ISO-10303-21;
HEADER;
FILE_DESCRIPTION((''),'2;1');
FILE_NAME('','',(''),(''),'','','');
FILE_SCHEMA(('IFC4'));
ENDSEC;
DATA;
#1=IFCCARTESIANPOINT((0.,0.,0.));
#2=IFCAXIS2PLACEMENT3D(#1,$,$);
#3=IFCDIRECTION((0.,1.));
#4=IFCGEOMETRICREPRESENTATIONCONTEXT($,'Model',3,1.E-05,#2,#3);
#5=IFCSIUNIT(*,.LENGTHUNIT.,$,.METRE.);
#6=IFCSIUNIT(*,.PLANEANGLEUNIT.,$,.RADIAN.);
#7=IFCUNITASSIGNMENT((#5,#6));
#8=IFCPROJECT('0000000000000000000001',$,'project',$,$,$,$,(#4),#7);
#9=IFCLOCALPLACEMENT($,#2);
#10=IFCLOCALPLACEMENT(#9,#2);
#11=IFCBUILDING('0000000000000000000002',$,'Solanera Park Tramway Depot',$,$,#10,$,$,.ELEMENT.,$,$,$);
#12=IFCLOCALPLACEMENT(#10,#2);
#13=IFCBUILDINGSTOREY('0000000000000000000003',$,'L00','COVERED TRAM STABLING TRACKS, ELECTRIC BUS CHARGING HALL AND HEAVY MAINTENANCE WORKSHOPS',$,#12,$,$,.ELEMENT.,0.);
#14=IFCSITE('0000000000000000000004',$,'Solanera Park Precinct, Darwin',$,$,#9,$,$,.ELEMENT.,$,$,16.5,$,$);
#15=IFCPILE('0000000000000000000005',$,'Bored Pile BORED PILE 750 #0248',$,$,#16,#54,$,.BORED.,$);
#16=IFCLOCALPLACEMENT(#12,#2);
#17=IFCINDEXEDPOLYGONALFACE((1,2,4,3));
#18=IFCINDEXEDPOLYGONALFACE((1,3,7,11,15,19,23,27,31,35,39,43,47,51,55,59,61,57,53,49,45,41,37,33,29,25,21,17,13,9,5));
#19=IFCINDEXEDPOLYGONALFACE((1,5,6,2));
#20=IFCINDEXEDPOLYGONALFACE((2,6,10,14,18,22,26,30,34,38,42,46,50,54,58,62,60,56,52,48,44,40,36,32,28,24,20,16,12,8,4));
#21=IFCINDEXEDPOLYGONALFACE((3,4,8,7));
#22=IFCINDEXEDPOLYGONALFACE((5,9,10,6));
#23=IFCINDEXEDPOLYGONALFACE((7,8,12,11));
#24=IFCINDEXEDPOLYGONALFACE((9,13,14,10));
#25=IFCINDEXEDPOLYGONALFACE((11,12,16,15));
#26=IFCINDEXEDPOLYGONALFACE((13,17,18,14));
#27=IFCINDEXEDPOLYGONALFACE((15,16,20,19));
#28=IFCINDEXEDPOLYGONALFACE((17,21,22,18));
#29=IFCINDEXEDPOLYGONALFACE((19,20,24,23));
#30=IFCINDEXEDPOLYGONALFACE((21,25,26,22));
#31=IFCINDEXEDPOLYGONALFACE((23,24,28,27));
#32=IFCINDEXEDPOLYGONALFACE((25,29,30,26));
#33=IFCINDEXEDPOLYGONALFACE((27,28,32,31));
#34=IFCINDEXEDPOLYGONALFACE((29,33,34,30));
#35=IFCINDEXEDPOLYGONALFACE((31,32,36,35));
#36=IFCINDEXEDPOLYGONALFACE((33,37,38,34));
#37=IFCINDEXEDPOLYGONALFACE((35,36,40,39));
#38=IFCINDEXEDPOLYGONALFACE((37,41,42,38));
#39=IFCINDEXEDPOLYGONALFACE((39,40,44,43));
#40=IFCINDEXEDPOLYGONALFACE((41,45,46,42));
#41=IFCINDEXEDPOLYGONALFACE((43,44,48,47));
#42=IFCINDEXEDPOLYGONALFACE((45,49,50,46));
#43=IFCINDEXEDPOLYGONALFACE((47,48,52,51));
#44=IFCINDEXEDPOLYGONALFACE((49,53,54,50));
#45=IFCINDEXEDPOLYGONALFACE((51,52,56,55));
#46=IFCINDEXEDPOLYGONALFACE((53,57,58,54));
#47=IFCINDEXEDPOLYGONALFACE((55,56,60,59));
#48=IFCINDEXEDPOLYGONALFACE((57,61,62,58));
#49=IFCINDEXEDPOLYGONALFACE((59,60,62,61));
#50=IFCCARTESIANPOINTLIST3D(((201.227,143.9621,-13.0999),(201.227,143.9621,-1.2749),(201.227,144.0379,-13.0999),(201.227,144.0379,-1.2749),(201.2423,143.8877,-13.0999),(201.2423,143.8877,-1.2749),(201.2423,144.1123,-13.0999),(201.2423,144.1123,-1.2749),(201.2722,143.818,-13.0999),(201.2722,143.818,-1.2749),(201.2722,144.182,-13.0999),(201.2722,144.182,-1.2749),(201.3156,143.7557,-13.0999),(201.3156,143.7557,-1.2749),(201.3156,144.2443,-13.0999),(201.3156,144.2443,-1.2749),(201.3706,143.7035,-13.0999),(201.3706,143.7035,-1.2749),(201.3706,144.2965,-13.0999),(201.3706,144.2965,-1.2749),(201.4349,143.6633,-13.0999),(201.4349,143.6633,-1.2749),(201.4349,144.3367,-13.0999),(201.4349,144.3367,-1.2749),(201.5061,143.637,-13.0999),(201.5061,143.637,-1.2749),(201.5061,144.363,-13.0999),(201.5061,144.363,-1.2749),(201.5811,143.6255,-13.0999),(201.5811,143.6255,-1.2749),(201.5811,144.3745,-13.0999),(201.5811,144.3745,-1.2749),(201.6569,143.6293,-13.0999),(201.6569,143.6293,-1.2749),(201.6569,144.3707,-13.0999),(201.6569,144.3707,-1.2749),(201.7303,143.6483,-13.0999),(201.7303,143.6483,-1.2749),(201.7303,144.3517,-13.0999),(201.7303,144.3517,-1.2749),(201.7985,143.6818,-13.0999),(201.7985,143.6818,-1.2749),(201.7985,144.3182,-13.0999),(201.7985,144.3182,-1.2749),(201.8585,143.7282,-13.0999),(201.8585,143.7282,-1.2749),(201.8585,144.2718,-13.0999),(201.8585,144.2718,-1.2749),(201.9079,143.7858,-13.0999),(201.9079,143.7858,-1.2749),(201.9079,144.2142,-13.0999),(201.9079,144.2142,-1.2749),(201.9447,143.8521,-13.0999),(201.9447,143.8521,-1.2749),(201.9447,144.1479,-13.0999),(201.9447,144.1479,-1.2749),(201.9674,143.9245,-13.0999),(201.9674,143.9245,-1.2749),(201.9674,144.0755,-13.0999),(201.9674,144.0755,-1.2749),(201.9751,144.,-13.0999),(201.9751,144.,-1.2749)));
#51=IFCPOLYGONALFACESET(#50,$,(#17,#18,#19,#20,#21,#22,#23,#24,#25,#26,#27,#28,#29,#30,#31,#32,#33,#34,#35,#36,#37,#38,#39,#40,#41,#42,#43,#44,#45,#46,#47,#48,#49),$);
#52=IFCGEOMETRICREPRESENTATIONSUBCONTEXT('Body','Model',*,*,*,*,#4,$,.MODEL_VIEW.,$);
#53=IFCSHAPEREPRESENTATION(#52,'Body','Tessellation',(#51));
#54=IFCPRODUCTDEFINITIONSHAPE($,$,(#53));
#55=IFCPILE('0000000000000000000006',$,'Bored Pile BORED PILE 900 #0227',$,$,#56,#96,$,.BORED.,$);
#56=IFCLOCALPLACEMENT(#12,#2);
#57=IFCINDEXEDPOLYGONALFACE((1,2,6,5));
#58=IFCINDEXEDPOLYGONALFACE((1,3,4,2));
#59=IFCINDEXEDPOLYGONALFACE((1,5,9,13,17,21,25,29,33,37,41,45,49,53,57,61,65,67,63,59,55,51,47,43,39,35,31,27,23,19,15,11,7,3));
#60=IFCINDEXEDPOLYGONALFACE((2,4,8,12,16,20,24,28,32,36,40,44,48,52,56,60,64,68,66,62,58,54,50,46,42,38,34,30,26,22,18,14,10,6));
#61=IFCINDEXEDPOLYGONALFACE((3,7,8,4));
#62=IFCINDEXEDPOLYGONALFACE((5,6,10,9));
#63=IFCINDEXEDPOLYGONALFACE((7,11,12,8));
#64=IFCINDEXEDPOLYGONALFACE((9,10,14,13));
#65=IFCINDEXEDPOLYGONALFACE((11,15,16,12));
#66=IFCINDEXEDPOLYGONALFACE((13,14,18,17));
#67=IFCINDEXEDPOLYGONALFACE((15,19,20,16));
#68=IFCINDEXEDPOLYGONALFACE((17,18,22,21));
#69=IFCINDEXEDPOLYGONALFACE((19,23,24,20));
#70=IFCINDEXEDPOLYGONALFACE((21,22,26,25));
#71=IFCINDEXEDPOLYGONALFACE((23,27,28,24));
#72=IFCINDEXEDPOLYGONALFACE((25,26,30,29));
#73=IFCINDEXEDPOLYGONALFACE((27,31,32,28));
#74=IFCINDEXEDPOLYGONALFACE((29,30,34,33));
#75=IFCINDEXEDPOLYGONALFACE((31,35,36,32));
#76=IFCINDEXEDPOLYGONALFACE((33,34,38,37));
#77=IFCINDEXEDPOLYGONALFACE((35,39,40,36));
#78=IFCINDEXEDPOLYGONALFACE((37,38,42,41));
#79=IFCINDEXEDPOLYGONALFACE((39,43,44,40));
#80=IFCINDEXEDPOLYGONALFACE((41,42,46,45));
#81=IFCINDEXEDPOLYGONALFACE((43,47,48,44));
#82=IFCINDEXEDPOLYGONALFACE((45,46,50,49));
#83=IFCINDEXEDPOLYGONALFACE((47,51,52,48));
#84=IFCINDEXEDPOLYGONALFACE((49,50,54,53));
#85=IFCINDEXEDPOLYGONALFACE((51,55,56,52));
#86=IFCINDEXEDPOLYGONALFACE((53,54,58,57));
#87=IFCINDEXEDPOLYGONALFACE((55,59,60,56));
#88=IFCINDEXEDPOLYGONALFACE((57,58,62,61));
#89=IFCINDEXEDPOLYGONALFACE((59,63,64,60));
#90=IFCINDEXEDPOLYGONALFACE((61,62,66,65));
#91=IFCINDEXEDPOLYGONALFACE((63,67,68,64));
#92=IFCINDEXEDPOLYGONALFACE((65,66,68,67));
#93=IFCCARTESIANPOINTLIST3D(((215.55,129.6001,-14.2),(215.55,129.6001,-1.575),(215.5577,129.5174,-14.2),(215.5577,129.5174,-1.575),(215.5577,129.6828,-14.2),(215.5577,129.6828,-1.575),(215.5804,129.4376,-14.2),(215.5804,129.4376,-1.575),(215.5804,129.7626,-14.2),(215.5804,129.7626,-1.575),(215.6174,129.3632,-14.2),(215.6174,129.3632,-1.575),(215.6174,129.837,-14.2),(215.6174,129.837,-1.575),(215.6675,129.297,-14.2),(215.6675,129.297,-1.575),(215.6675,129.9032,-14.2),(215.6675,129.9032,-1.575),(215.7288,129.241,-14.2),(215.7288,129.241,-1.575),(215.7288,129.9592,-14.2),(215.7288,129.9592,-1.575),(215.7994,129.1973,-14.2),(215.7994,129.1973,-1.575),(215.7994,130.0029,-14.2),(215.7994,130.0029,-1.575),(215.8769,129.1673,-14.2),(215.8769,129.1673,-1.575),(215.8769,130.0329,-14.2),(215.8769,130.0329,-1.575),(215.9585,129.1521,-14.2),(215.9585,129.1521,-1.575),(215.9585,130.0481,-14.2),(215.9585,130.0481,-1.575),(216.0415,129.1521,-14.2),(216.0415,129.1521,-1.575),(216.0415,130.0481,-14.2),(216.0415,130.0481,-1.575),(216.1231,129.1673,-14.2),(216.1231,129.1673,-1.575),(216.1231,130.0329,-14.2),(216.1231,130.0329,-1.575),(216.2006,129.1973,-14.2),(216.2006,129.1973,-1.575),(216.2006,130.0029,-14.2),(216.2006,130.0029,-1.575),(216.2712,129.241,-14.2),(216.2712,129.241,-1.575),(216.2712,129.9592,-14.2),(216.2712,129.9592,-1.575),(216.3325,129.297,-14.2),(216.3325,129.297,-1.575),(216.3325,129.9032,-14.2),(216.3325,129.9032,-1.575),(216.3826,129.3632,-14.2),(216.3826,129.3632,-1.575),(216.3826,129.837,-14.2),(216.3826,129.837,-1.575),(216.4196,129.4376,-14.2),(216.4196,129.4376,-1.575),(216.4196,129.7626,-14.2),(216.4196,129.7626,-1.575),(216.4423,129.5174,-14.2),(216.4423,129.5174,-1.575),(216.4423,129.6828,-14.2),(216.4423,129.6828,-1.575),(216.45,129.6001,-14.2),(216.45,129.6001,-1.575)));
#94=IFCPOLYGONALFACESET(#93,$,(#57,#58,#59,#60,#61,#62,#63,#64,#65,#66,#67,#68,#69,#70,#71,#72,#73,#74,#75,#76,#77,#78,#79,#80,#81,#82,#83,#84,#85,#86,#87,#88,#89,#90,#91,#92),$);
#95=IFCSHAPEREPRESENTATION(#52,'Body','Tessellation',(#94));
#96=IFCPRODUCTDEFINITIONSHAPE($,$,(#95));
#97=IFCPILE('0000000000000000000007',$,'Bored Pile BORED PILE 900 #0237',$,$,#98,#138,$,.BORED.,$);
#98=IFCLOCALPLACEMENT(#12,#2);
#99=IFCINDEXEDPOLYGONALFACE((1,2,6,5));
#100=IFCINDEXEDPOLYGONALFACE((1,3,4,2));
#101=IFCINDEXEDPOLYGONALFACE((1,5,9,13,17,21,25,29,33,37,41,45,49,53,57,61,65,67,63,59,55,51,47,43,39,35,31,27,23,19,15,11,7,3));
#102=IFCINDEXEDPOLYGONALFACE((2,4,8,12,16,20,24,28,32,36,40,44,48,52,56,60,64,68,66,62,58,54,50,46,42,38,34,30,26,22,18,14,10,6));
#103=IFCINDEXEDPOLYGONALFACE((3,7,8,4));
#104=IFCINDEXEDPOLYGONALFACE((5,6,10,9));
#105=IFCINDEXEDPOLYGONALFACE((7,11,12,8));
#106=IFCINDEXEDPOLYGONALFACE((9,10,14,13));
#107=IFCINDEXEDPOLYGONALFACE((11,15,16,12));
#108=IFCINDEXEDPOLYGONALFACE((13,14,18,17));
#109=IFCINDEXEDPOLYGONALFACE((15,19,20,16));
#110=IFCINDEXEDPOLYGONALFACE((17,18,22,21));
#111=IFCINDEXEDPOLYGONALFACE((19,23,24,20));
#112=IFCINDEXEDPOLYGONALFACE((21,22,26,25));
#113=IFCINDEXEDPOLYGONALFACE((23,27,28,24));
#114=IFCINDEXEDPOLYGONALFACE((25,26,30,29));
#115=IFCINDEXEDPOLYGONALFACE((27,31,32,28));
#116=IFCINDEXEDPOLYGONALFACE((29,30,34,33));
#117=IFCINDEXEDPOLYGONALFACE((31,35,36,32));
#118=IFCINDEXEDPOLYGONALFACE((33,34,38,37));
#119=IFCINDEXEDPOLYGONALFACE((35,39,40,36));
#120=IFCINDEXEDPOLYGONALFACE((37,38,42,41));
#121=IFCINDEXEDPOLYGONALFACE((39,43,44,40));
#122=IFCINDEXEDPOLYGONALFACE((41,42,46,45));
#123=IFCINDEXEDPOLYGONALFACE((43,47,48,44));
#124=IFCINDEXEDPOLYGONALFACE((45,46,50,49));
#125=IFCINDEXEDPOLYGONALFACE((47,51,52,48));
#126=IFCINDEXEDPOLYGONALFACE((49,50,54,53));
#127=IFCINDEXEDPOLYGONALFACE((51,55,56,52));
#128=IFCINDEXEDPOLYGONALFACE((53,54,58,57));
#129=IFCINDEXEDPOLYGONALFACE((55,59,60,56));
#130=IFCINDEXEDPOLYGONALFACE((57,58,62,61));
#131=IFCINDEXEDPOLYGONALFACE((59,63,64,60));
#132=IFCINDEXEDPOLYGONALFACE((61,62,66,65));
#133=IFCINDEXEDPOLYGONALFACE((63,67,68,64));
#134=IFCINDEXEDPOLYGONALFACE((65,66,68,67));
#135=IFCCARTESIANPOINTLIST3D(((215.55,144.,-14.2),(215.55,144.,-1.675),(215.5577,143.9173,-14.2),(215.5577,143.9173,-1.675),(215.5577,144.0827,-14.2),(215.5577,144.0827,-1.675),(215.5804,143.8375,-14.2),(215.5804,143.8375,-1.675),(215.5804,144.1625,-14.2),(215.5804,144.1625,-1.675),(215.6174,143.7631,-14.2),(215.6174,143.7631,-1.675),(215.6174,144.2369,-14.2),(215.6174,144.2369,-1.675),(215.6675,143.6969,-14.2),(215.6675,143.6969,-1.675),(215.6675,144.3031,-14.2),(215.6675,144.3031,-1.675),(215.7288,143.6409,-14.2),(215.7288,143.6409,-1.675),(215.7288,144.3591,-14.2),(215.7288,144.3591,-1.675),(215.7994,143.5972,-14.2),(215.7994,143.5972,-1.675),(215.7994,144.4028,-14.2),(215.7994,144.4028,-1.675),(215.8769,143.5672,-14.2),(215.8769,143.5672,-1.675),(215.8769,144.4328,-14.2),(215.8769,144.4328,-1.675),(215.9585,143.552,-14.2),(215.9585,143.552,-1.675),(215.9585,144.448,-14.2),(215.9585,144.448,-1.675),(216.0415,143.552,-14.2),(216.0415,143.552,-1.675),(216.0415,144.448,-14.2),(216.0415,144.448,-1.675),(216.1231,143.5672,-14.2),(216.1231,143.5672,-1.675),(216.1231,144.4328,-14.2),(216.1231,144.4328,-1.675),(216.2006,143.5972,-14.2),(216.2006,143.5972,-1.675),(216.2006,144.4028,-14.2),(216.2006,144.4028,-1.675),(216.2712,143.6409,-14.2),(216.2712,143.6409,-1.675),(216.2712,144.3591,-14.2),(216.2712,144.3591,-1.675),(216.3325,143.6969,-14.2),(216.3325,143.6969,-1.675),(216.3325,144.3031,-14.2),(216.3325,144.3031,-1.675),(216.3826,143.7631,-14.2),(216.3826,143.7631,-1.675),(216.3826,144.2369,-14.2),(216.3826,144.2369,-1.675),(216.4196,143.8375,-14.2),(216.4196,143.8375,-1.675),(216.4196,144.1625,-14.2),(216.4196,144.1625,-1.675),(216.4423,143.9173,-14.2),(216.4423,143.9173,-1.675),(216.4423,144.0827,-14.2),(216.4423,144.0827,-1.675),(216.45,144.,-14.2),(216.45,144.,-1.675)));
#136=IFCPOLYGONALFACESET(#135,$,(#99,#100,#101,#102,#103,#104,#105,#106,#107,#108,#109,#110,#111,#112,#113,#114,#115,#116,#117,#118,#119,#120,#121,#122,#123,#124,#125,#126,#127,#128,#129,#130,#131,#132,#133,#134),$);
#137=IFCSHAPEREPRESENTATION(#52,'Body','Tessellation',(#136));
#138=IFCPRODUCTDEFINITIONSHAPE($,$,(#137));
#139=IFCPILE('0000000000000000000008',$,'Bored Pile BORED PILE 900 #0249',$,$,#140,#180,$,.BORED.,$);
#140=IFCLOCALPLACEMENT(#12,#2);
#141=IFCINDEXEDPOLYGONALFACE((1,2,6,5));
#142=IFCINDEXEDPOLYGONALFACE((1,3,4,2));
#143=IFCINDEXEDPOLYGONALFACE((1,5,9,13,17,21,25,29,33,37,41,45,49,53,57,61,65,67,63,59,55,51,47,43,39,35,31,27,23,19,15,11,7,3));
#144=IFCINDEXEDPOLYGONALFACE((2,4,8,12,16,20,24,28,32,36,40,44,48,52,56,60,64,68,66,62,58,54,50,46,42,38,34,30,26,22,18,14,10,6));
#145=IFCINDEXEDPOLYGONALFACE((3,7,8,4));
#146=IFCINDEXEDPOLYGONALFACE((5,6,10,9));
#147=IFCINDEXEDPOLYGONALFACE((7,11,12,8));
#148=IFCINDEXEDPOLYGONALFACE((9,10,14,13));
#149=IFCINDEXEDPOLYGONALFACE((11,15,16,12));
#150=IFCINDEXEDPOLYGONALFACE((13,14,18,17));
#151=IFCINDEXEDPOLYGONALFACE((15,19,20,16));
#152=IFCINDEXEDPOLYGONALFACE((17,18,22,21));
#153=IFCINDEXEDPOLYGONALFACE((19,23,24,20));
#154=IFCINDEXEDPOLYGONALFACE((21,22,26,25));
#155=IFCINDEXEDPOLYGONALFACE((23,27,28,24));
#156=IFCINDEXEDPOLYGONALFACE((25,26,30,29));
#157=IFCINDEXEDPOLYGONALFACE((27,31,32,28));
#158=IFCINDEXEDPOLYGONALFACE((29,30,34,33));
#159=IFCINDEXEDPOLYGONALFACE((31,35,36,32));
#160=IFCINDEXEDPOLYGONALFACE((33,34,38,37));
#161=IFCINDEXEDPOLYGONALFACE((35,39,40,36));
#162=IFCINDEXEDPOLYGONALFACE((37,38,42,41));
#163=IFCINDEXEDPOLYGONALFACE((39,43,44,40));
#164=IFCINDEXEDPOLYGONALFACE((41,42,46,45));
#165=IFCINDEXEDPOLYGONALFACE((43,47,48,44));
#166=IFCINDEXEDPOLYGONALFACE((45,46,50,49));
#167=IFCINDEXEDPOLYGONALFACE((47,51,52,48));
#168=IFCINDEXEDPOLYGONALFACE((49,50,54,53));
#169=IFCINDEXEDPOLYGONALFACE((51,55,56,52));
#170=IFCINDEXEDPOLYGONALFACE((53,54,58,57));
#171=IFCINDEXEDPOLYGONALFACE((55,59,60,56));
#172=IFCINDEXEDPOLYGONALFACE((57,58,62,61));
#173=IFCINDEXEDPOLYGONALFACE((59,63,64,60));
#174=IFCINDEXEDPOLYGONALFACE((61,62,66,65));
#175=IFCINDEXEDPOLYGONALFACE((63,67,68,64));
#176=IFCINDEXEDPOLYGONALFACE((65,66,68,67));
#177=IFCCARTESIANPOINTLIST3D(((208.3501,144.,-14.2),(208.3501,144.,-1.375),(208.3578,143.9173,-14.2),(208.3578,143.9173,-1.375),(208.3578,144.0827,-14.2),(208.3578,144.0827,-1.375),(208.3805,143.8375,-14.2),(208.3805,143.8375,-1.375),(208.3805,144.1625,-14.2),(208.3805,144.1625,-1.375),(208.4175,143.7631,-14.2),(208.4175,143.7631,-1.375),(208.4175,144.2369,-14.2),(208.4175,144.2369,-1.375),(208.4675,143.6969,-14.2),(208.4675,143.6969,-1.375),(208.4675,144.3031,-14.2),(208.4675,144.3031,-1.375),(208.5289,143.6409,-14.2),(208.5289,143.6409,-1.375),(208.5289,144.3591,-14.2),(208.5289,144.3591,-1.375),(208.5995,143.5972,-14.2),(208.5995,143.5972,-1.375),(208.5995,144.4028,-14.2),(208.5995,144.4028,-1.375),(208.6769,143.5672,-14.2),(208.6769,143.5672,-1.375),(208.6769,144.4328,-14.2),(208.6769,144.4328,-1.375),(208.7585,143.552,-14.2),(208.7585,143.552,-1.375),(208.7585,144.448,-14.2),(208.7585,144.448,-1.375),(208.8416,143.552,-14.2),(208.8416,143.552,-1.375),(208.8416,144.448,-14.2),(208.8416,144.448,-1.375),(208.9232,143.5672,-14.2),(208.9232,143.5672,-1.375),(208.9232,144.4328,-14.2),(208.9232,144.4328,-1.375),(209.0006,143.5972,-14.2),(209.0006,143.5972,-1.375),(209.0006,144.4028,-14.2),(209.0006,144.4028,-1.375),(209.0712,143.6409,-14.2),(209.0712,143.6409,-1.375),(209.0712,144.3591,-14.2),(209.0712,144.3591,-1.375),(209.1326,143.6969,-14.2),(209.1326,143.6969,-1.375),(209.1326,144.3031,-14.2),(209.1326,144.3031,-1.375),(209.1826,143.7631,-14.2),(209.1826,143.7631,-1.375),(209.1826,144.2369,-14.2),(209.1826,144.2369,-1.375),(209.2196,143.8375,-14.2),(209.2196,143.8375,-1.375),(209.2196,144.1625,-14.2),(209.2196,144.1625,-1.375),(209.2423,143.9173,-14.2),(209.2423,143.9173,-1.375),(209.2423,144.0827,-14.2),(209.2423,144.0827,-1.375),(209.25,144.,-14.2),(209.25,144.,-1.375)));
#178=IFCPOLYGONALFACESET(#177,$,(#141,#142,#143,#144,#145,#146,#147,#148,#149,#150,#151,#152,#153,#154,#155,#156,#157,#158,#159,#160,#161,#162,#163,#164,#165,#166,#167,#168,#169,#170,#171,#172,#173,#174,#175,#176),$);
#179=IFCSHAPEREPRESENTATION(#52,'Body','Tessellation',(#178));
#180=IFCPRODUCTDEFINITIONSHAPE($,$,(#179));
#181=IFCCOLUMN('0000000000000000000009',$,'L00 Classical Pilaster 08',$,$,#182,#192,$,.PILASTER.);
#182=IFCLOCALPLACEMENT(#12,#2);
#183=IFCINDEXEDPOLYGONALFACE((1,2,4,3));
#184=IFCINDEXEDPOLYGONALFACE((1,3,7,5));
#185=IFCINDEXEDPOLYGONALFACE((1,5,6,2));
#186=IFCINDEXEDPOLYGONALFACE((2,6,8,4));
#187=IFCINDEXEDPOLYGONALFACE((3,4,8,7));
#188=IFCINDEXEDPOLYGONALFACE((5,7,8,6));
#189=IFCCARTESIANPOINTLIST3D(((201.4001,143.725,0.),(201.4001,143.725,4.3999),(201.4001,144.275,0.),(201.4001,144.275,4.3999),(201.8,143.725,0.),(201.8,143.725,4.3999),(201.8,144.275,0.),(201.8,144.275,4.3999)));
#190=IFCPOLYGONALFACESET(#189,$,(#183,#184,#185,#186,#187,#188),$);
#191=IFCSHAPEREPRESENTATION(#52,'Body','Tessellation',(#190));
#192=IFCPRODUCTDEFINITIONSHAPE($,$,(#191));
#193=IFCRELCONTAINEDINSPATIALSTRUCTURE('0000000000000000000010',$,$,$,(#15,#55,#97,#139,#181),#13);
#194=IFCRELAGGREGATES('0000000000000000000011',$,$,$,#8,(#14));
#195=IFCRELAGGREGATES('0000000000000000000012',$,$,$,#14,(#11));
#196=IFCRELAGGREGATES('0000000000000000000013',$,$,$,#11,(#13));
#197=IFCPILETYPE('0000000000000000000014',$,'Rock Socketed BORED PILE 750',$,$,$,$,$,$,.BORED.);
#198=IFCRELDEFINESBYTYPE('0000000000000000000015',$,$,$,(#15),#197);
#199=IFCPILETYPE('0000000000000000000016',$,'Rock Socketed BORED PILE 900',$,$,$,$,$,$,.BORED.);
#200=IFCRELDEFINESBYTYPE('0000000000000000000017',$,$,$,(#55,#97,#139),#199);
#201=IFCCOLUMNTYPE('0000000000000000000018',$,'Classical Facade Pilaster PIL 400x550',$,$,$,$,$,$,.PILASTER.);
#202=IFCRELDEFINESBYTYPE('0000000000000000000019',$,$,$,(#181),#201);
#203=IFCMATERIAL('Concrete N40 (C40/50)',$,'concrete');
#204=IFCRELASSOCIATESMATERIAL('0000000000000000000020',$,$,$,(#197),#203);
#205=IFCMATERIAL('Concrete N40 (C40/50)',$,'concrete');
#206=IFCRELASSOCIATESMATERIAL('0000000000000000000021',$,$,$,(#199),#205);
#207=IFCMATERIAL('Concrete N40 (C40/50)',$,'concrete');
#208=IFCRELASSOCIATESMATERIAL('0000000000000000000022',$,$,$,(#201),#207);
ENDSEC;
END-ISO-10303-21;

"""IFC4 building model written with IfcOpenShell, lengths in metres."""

from ifc_helpers import new_model, si_unit, direction, frame, origin, origin_2d, place, context, subcontext, project, spatial, rectangle, circle, extrude, material, material_profile, profile_set, type_object, element, save


model = new_model("IFC4")

# Units and contexts
model_context = context("Model", 3, precision=1e-05, world=origin(), true_north=direction((0.0, 1.0)))
body_context = subcontext(model_context, "Body", "Model", "MODEL_VIEW")
ifc_project = project(units=[si_unit("LENGTHUNIT", "METRE"), si_unit("PLANEANGLEUNIT", "RADIAN")], contexts=[model_context])

# Site, building, storey
site_placement = place(None, origin())
site = spatial("IfcSite", under=ifc_project, at=site_placement, Name="Solanera Park Precinct, Darwin", CompositionType="ELEMENT", RefElevation=16.5)
building_placement = place(site_placement, origin())
building = spatial("IfcBuilding", under=site, at=building_placement, Name="Solanera Park Tramway Depot", CompositionType="ELEMENT")
storey_placement = place(building_placement, origin())
storey = spatial("IfcBuildingStorey", under=building, at=storey_placement, Name="L00", Description="COVERED TRAM STABLING TRACKS, ELECTRIC BUS CHARGING HALL AND HEAVY MAINTENANCE WORKSHOPS", CompositionType="ELEMENT", Elevation=0.0)

# Piles
ifc_material_1 = material(Name="Concrete N40 (C40/50)", Category="concrete")
ifc_material_profile_1 = material_profile(ifc_material_1, circle(Radius=0.375, at=origin_2d()), Name="BORED PILE 750")
ifc_profile_set_1 = profile_set([ifc_material_profile_1], Name="Concrete N40 (C40/50)")
pile_type_1 = type_object("IfcPileType", Name="Rock Socketed BORED PILE 750", PredefinedType="BORED", material=ifc_profile_set_1)
pile_1_placement = place(storey_placement, frame((201.6001, 144.0, -1.2749), z_axis=(0.0, 0.0, -1.0), x_axis=(1.0, 0.0, 0.0)))
element("IfcPile", 1, at=pile_1_placement, inside=storey, type_object=pile_type_1, Name="Bored Pile BORED PILE 750 #0248", PredefinedType="BORED", context=body_context, shape_type="SweptSolid", body=[
    extrude(circle(Radius=0.375, at=origin_2d()), origin(), (0.0, 0.0, 1.0), 11.825),
])
ifc_material_2 = material(Name="Concrete N40 (C40/50)", Category="concrete")
ifc_material_profile_2 = material_profile(ifc_material_2, circle(Radius=0.45, at=origin_2d()), Name="BORED PILE 900")
ifc_profile_set_2 = profile_set([ifc_material_profile_2], Name="Concrete N40 (C40/50)")
pile_type_2 = type_object("IfcPileType", Name="Rock Socketed BORED PILE 900", PredefinedType="BORED", material=ifc_profile_set_2)
pile_2_placement = place(storey_placement, frame((216.0, 129.6001, -1.575), z_axis=(0.0, 0.0, -1.0), x_axis=(1.0, 0.0, 0.0)))
element("IfcPile", 2, at=pile_2_placement, inside=storey, type_object=pile_type_2, Name="Bored Pile BORED PILE 900 #0227", PredefinedType="BORED", context=body_context, shape_type="SweptSolid", body=[
    extrude(circle(Radius=0.45, at=origin_2d()), origin(), (0.0, 0.0, 1.0), 12.625),
])
pile_3_placement = place(storey_placement, frame((216.0, 144.0, -1.675), z_axis=(0.0, 0.0, -1.0), x_axis=(1.0, 0.0, 0.0)))
element("IfcPile", 3, at=pile_3_placement, inside=storey, type_object=pile_type_2, Name="Bored Pile BORED PILE 900 #0237", PredefinedType="BORED", context=body_context, shape_type="SweptSolid", body=[
    extrude(circle(Radius=0.45, at=origin_2d()), origin(), (0.0, 0.0, 1.0), 12.5249),
])
pile_4_placement = place(storey_placement, frame((208.8, 144.0, -1.375), z_axis=(0.0, 0.0, -1.0), x_axis=(1.0, 0.0, 0.0)))
element("IfcPile", 4, at=pile_4_placement, inside=storey, type_object=pile_type_2, Name="Bored Pile BORED PILE 900 #0249", PredefinedType="BORED", context=body_context, shape_type="SweptSolid", body=[
    extrude(circle(Radius=0.45, at=origin_2d()), origin(), (0.0, 0.0, 1.0), 12.825),
])

# Column
ifc_material_3 = material(Name="Concrete N40 (C40/50)", Category="concrete")
ifc_material_profile_3 = material_profile(ifc_material_3, rectangle(XDim=0.3999, YDim=0.55, at=origin_2d()), Name="PIL 400x550")
ifc_profile_set_3 = profile_set([ifc_material_profile_3], Name="Concrete N40 (C40/50)")
column_type_1 = type_object("IfcColumnType", Name="Classical Facade Pilaster PIL 400x550", PredefinedType="PILASTER", material=ifc_profile_set_3)
for number, where, z_axis, x_axis, name in (
    (5, (201.6001, 144.0, 0.0), (0.0, 0.0, 1.0), (1.0, 0.0, 0.0), "L00 Classical Pilaster 08"),
):
    element("IfcColumn", number, at=place(storey_placement, frame(where, z_axis=z_axis, x_axis=x_axis)), inside=storey, type_object=column_type_1, Name=name, PredefinedType="PILASTER", context=body_context, shape_type="SweptSolid", body=[
        extrude(rectangle(XDim=0.3999, YDim=0.55, at=origin_2d()), origin(), (0.0, 0.0, 1.0), 4.3999),
    ])

save(model, "model.ifc")
